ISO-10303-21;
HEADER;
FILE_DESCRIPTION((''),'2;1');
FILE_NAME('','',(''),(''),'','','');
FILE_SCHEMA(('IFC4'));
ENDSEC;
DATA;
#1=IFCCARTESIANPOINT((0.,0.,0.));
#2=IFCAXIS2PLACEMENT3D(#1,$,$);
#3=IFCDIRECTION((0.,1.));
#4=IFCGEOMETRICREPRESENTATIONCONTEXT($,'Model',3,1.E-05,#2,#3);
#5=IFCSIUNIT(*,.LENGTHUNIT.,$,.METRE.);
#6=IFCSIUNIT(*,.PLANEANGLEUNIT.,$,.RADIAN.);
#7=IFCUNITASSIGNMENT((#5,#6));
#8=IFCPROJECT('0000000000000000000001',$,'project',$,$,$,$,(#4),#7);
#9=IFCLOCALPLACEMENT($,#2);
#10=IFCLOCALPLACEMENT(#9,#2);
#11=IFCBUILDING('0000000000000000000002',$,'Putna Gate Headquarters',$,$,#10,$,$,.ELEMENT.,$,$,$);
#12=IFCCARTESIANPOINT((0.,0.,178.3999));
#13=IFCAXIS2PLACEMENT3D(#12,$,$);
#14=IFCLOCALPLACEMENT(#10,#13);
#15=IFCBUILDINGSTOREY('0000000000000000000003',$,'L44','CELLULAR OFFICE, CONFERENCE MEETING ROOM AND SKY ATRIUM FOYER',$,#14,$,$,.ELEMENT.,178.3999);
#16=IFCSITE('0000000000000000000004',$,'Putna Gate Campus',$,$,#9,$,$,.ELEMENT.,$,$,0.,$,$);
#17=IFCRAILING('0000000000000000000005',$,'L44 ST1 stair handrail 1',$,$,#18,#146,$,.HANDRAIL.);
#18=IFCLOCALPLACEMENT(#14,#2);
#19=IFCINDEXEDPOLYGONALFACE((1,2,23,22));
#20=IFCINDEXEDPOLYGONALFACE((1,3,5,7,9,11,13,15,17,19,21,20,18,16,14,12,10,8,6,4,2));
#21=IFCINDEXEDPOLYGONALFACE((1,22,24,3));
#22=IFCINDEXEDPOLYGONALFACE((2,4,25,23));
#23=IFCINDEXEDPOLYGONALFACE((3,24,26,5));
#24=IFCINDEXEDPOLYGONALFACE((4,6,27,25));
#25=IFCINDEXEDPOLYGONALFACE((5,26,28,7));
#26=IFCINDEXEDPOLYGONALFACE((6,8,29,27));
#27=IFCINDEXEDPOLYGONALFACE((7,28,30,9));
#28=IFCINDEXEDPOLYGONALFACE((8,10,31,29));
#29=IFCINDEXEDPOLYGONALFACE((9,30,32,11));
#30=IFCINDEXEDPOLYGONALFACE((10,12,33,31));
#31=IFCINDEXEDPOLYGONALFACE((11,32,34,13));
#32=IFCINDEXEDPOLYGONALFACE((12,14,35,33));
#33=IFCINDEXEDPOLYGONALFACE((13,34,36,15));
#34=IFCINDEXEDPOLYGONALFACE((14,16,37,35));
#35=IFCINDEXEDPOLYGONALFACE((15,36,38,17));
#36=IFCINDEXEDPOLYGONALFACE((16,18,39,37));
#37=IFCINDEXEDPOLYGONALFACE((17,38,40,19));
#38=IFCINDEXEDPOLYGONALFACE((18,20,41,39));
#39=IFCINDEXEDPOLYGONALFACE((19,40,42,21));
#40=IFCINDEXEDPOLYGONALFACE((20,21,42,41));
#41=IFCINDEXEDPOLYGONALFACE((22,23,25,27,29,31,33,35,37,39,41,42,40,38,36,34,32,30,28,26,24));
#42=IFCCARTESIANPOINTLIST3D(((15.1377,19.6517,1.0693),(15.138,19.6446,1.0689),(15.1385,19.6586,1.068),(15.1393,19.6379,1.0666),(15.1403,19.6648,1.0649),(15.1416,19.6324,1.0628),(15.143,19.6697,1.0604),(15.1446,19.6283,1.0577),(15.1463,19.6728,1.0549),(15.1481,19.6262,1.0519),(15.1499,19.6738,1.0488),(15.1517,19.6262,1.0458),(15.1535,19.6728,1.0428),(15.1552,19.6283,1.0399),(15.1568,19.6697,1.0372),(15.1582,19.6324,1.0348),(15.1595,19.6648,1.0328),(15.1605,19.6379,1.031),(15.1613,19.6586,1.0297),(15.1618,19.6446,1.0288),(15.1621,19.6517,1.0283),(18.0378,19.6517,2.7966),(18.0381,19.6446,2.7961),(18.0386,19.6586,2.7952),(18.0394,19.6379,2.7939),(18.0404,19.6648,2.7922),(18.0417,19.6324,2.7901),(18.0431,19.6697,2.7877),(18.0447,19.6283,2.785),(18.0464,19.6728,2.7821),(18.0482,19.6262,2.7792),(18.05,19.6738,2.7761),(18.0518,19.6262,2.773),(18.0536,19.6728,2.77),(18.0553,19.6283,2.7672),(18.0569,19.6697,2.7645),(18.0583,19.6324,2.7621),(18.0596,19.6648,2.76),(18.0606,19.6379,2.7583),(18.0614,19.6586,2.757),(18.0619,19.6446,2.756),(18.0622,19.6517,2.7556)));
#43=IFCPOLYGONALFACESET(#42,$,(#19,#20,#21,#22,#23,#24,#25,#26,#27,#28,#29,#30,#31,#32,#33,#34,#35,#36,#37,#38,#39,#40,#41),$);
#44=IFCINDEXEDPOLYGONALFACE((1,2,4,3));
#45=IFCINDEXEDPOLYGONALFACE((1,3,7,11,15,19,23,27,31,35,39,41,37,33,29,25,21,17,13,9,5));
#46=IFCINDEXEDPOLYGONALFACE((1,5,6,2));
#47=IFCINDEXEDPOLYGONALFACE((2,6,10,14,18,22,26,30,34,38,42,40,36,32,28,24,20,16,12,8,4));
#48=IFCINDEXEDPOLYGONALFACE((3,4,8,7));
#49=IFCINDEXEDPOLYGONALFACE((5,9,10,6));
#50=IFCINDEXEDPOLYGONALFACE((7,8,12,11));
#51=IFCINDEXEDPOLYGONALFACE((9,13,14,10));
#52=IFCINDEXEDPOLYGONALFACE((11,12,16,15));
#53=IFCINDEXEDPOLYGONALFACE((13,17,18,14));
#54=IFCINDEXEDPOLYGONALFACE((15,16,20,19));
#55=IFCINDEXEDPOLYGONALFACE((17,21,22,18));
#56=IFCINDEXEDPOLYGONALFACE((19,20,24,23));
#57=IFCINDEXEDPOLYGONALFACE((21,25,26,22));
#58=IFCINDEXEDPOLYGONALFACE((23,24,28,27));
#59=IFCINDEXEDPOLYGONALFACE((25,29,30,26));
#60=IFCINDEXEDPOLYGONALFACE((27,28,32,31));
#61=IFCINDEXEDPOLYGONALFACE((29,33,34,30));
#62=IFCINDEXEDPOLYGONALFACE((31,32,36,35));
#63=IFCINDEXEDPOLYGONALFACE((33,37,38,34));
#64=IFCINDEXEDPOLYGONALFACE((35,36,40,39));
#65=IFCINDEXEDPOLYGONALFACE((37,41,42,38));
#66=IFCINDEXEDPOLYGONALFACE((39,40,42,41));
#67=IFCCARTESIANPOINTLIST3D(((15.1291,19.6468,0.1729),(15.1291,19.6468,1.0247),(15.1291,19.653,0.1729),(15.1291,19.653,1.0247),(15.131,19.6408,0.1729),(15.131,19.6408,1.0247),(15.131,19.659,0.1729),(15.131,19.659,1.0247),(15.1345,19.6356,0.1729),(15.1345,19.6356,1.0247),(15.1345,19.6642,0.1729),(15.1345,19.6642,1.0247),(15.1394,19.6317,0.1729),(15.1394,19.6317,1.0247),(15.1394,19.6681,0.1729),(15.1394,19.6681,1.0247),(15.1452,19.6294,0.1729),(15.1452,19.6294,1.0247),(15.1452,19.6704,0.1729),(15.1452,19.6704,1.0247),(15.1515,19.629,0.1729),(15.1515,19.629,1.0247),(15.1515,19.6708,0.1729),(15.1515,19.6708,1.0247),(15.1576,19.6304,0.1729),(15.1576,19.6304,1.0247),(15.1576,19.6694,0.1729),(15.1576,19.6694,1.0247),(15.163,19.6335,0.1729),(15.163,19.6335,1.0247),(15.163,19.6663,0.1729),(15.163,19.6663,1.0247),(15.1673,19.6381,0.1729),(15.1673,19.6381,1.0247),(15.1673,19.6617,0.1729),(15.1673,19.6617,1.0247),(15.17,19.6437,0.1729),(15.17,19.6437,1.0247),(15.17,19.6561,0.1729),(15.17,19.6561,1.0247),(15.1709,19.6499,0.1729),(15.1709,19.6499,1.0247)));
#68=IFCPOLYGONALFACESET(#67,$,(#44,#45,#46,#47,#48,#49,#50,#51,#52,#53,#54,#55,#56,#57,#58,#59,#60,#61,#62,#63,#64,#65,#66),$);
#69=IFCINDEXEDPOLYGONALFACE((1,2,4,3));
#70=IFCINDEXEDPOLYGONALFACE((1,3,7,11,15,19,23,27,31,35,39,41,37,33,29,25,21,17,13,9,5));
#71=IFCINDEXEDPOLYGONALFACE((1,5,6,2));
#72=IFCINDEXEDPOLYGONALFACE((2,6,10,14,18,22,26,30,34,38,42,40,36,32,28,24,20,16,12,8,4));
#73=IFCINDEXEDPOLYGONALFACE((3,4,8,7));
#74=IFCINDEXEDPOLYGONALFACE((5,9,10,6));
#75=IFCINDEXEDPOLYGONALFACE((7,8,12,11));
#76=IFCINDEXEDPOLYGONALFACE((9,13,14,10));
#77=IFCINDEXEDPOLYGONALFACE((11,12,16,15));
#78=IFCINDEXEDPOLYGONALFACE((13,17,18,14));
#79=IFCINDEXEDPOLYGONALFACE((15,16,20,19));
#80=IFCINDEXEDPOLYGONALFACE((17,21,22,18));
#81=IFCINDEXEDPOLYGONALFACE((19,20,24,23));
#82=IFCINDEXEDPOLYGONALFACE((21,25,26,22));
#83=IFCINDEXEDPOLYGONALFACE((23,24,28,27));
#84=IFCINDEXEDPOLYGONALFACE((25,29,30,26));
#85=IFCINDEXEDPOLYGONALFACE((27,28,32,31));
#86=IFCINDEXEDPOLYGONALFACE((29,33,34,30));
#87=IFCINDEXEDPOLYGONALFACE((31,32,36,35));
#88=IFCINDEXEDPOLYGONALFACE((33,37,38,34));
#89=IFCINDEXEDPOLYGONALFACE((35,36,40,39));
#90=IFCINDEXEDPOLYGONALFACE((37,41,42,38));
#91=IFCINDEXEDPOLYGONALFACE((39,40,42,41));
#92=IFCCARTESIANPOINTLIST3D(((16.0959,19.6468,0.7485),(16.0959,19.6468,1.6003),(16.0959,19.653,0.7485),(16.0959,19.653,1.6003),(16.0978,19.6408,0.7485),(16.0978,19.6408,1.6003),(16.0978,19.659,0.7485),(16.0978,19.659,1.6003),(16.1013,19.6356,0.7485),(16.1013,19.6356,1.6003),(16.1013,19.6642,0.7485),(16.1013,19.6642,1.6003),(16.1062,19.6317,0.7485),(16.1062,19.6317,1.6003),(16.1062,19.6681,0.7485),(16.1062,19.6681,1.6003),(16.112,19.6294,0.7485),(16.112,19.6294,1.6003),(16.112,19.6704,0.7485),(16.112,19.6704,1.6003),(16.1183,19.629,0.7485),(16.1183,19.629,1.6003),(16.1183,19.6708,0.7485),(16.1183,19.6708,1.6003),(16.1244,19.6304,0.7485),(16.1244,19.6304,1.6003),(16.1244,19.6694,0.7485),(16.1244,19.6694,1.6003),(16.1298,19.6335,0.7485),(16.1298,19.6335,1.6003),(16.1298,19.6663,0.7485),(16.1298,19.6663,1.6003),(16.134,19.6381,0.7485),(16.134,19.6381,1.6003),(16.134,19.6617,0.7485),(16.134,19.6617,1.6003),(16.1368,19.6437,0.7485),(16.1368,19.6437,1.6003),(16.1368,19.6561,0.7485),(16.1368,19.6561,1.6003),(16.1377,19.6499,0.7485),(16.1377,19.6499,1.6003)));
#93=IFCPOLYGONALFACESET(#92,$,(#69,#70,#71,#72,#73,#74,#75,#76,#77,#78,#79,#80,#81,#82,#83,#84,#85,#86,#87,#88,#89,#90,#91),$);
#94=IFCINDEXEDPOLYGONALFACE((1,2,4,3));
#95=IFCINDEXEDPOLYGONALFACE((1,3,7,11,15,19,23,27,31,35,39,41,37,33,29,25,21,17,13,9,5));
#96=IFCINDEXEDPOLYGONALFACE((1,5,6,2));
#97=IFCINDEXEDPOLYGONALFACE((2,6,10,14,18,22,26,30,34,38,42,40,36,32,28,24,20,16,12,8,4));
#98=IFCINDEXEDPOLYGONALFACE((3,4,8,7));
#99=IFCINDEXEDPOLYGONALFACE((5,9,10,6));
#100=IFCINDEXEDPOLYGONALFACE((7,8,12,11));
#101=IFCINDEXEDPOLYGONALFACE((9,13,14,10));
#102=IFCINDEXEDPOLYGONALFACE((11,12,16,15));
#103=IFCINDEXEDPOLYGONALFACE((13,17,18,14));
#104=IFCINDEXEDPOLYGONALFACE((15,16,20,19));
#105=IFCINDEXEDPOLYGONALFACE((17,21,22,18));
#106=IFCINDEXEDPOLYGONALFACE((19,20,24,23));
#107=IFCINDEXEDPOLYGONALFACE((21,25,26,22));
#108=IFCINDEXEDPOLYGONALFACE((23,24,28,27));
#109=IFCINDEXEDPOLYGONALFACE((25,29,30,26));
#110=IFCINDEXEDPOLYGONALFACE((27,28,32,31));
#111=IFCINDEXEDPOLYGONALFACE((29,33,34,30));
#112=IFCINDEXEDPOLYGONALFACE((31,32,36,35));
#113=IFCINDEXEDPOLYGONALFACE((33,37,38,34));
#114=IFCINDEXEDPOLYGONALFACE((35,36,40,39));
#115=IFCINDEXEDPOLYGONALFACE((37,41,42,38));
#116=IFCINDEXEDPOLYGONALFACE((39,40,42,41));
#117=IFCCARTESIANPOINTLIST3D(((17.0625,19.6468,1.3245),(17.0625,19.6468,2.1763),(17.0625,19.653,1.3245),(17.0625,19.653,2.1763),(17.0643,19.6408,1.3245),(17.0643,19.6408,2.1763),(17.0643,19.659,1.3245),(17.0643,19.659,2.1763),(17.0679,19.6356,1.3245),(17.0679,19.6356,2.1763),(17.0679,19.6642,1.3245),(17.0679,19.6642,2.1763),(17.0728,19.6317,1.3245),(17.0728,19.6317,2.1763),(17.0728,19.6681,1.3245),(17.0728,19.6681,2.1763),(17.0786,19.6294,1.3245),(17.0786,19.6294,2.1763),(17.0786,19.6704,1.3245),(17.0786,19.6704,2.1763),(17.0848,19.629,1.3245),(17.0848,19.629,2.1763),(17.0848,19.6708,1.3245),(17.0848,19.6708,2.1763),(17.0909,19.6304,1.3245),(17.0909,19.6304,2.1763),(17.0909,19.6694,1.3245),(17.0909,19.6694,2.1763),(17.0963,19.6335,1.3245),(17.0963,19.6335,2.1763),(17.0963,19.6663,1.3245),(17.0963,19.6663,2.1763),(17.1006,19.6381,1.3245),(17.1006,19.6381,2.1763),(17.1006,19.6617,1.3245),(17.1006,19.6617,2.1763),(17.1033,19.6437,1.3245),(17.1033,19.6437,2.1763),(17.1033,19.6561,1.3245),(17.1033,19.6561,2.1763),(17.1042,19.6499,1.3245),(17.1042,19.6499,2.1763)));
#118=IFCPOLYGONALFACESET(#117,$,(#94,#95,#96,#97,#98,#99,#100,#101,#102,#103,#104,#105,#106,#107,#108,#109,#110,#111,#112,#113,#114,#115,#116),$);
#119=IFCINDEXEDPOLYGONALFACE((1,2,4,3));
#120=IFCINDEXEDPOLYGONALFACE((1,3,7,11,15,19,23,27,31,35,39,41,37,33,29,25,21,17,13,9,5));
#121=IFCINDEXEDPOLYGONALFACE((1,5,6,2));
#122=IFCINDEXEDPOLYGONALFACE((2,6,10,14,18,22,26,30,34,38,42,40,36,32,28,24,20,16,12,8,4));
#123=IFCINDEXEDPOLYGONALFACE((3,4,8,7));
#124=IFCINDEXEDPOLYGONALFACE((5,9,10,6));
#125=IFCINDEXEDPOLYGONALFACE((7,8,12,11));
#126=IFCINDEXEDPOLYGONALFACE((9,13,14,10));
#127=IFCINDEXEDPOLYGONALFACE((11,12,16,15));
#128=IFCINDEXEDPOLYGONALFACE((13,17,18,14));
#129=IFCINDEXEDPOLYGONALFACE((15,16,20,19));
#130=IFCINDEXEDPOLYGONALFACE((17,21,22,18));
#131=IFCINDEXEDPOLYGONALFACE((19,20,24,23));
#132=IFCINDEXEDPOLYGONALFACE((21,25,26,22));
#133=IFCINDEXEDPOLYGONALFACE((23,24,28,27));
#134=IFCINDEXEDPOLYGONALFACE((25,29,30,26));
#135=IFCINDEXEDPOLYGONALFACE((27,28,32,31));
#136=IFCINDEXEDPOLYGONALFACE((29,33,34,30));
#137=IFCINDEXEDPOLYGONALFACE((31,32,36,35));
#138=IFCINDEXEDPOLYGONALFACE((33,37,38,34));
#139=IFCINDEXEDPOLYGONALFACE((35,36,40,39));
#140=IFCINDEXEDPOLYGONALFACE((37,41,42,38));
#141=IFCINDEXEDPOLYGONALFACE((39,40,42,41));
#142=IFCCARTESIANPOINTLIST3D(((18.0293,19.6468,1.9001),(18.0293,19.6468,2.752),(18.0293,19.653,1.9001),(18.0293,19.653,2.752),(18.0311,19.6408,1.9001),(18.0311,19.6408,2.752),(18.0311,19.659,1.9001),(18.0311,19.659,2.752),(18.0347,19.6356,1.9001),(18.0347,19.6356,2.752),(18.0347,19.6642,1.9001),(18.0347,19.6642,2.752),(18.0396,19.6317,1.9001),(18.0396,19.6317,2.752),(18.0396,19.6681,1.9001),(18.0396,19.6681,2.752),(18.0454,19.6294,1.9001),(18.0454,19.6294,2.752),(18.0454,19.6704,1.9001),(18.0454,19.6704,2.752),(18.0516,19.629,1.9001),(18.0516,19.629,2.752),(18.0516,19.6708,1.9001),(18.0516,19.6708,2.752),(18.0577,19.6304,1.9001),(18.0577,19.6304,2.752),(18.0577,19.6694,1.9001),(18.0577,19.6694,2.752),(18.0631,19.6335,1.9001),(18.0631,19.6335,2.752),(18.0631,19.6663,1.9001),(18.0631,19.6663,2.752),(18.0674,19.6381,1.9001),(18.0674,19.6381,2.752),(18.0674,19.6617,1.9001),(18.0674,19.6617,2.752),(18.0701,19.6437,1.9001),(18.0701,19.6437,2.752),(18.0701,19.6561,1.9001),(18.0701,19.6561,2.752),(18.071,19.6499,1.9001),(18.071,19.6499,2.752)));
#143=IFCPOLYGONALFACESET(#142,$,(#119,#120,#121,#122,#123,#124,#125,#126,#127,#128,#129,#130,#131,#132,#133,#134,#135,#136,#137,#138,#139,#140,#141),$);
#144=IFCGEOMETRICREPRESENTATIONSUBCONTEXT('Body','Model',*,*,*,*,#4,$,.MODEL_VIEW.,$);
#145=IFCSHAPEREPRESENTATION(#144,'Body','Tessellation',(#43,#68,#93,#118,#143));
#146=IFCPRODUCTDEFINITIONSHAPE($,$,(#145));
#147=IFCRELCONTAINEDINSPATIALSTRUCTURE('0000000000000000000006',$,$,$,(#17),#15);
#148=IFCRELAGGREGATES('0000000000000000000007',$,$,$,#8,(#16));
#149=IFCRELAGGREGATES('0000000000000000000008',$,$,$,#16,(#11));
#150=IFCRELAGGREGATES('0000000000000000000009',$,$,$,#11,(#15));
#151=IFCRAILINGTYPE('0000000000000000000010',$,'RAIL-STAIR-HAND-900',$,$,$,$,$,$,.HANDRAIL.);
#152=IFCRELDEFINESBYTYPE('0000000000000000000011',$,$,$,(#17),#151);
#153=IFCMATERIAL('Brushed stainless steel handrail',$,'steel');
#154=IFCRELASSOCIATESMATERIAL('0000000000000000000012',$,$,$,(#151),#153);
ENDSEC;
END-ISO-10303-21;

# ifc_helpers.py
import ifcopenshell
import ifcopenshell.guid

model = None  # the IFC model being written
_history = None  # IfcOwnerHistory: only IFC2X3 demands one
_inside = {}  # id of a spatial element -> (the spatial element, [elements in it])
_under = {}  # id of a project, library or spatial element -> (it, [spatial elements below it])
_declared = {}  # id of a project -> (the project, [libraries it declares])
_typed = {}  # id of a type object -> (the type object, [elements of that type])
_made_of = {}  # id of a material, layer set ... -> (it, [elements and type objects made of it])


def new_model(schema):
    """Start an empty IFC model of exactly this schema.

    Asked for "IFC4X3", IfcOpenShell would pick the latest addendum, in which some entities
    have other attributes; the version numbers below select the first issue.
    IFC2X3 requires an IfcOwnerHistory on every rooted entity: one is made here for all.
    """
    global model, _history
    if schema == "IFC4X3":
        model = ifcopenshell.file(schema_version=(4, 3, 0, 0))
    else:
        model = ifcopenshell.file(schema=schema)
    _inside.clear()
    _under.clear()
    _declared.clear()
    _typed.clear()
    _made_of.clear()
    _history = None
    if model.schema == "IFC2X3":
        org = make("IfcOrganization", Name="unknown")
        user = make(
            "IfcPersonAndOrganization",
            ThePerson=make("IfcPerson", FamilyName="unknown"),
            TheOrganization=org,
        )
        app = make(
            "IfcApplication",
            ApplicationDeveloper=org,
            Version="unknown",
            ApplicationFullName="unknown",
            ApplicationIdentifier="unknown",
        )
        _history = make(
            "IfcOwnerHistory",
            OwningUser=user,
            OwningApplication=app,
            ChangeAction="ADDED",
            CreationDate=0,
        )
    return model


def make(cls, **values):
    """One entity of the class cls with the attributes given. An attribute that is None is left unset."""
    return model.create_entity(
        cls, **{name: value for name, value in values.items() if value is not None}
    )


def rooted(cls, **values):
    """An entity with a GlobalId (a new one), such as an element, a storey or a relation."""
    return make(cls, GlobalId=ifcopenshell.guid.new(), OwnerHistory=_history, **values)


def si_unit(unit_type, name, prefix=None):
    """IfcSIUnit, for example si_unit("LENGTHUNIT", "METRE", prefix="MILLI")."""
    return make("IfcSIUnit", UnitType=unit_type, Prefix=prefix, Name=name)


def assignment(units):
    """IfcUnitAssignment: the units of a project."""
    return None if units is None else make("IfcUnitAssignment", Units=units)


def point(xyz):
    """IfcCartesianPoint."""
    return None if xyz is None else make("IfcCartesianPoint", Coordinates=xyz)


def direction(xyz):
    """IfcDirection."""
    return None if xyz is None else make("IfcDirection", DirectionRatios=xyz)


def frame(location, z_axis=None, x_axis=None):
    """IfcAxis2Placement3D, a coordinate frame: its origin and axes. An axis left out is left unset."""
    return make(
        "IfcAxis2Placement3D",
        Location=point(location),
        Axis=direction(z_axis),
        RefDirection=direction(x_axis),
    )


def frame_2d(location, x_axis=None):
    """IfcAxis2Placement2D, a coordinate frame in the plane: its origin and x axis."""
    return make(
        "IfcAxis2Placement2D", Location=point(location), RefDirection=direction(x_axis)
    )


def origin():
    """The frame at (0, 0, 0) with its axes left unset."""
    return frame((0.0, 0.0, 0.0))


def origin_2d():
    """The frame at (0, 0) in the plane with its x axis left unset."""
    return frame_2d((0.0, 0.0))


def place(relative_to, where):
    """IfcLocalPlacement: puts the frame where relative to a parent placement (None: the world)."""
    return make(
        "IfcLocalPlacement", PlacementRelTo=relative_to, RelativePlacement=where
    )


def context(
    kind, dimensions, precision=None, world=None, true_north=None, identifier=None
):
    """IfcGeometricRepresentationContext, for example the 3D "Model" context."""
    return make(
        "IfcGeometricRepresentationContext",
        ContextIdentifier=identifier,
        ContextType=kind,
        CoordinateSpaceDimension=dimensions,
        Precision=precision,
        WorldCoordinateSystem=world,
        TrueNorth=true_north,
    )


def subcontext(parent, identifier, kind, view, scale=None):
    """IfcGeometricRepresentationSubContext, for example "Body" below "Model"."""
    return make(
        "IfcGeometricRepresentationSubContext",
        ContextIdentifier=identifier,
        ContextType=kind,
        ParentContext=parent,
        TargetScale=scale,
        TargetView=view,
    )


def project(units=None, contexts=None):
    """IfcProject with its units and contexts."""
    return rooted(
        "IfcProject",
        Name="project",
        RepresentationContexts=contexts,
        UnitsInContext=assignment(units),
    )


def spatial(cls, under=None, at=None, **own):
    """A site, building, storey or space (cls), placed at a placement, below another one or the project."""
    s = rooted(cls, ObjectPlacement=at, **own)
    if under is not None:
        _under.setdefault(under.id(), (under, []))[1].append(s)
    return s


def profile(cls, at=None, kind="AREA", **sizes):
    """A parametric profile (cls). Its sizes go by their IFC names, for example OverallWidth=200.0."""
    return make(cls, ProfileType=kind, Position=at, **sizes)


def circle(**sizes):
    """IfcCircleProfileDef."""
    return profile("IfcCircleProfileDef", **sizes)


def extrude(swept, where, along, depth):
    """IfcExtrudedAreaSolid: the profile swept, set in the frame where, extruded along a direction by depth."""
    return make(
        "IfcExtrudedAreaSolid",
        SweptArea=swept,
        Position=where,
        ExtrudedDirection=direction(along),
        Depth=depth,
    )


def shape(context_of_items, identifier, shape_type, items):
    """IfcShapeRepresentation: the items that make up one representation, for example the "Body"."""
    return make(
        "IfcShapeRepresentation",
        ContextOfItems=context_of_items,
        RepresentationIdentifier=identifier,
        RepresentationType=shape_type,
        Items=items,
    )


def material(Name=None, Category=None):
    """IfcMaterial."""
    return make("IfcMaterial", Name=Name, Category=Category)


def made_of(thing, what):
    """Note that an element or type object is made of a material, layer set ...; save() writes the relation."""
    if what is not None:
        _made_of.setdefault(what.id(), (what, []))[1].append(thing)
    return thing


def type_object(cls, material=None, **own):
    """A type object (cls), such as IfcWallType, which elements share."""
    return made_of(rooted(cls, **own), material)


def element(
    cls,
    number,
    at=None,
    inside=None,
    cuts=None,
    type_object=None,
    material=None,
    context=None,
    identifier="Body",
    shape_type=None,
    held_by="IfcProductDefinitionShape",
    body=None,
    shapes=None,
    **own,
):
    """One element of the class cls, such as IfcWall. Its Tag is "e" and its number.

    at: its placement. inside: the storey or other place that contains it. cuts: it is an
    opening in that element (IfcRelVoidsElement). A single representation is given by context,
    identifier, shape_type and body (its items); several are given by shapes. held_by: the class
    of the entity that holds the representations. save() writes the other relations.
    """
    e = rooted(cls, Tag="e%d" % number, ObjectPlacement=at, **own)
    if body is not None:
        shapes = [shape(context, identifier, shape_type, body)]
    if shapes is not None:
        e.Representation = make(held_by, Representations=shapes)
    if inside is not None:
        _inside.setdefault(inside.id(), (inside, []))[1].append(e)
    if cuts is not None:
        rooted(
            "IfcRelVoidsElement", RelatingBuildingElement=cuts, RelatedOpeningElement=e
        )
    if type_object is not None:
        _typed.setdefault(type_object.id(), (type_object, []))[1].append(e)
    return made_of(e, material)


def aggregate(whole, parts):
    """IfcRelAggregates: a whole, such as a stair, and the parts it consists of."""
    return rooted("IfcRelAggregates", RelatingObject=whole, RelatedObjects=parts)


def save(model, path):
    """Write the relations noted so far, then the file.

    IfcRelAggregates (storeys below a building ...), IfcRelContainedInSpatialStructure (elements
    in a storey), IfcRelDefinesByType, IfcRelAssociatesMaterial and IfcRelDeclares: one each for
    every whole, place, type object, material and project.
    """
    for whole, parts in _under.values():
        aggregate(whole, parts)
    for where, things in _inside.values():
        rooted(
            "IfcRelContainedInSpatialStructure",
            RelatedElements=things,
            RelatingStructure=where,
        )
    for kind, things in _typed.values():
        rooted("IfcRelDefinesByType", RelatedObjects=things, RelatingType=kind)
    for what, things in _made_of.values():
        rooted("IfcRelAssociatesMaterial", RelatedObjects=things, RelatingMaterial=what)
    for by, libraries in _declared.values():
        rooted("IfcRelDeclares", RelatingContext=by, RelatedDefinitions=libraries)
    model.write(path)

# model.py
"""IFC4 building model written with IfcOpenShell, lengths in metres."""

from ifc_helpers import new_model, si_unit, direction, frame, origin, origin_2d, place, context, subcontext, project, spatial, circle, extrude, material, type_object, element, save


model = new_model("IFC4")

# Units and contexts
model_context = context("Model", 3, precision=1e-05, world=origin(), true_north=direction((0.0, 1.0)))
body_context = subcontext(model_context, "Body", "Model", "MODEL_VIEW")
ifc_project = project(units=[si_unit("LENGTHUNIT", "METRE"), si_unit("PLANEANGLEUNIT", "RADIAN")], contexts=[model_context])

# Site, building, storey
site_placement = place(None, origin())
site = spatial("IfcSite", under=ifc_project, at=site_placement, Name="Putna Gate Campus", CompositionType="ELEMENT", RefElevation=0.0)
building_placement = place(site_placement, origin())
building = spatial("IfcBuilding", under=site, at=building_placement, Name="Putna Gate Headquarters", CompositionType="ELEMENT")
storey_placement = place(building_placement, frame((0.0, 0.0, 178.3999)))
storey = spatial("IfcBuildingStorey", under=building, at=storey_placement, Name="L44", Description="CELLULAR OFFICE, CONFERENCE MEETING ROOM AND SKY ATRIUM FOYER", CompositionType="ELEMENT", Elevation=178.3999)

# Railing
ifc_material_1 = material(Name="Brushed stainless steel handrail", Category="steel")
railing_type = type_object("IfcRailingType", Name="RAIL-STAIR-HAND-900", PredefinedType="HANDRAIL", material=ifc_material_1)
railing_placement = place(storey_placement, frame((15.1499, 19.6499, 0.1729)))
element("IfcRailing", 1, at=railing_placement, inside=storey, type_object=railing_type, Name="L44 ST1 stair handrail 1", PredefinedType="HANDRAIL", context=body_context, shape_type="SweptSolid", body=[
    extrude(circle(Radius=0.0239, at=origin_2d()), frame((0.0, 0.0, 0.876), z_axis=(0.85916, 0.0, 0.511706), x_axis=(0.0, 1.0, 0.0)), (0.0, 0.0, 1.0), 3.3755),
    extrude(circle(Radius=0.021, at=origin_2d()), origin(), (0.0, 0.0, 1.0), 0.8518),
    extrude(circle(Radius=0.021, at=origin_2d()), frame((0.9668, 0.0, 0.5757)), (0.0, 0.0, 1.0), 0.8518),
    extrude(circle(Radius=0.021, at=origin_2d()), frame((1.9333, 0.0, 1.1516)), (0.0, 0.0, 1.0), 0.8518),
    extrude(circle(Radius=0.021, at=origin_2d()), frame((2.9001, 0.0, 1.7273)), (0.0, 0.0, 1.0), 0.8518),
])

save(model, "model.ifc")
